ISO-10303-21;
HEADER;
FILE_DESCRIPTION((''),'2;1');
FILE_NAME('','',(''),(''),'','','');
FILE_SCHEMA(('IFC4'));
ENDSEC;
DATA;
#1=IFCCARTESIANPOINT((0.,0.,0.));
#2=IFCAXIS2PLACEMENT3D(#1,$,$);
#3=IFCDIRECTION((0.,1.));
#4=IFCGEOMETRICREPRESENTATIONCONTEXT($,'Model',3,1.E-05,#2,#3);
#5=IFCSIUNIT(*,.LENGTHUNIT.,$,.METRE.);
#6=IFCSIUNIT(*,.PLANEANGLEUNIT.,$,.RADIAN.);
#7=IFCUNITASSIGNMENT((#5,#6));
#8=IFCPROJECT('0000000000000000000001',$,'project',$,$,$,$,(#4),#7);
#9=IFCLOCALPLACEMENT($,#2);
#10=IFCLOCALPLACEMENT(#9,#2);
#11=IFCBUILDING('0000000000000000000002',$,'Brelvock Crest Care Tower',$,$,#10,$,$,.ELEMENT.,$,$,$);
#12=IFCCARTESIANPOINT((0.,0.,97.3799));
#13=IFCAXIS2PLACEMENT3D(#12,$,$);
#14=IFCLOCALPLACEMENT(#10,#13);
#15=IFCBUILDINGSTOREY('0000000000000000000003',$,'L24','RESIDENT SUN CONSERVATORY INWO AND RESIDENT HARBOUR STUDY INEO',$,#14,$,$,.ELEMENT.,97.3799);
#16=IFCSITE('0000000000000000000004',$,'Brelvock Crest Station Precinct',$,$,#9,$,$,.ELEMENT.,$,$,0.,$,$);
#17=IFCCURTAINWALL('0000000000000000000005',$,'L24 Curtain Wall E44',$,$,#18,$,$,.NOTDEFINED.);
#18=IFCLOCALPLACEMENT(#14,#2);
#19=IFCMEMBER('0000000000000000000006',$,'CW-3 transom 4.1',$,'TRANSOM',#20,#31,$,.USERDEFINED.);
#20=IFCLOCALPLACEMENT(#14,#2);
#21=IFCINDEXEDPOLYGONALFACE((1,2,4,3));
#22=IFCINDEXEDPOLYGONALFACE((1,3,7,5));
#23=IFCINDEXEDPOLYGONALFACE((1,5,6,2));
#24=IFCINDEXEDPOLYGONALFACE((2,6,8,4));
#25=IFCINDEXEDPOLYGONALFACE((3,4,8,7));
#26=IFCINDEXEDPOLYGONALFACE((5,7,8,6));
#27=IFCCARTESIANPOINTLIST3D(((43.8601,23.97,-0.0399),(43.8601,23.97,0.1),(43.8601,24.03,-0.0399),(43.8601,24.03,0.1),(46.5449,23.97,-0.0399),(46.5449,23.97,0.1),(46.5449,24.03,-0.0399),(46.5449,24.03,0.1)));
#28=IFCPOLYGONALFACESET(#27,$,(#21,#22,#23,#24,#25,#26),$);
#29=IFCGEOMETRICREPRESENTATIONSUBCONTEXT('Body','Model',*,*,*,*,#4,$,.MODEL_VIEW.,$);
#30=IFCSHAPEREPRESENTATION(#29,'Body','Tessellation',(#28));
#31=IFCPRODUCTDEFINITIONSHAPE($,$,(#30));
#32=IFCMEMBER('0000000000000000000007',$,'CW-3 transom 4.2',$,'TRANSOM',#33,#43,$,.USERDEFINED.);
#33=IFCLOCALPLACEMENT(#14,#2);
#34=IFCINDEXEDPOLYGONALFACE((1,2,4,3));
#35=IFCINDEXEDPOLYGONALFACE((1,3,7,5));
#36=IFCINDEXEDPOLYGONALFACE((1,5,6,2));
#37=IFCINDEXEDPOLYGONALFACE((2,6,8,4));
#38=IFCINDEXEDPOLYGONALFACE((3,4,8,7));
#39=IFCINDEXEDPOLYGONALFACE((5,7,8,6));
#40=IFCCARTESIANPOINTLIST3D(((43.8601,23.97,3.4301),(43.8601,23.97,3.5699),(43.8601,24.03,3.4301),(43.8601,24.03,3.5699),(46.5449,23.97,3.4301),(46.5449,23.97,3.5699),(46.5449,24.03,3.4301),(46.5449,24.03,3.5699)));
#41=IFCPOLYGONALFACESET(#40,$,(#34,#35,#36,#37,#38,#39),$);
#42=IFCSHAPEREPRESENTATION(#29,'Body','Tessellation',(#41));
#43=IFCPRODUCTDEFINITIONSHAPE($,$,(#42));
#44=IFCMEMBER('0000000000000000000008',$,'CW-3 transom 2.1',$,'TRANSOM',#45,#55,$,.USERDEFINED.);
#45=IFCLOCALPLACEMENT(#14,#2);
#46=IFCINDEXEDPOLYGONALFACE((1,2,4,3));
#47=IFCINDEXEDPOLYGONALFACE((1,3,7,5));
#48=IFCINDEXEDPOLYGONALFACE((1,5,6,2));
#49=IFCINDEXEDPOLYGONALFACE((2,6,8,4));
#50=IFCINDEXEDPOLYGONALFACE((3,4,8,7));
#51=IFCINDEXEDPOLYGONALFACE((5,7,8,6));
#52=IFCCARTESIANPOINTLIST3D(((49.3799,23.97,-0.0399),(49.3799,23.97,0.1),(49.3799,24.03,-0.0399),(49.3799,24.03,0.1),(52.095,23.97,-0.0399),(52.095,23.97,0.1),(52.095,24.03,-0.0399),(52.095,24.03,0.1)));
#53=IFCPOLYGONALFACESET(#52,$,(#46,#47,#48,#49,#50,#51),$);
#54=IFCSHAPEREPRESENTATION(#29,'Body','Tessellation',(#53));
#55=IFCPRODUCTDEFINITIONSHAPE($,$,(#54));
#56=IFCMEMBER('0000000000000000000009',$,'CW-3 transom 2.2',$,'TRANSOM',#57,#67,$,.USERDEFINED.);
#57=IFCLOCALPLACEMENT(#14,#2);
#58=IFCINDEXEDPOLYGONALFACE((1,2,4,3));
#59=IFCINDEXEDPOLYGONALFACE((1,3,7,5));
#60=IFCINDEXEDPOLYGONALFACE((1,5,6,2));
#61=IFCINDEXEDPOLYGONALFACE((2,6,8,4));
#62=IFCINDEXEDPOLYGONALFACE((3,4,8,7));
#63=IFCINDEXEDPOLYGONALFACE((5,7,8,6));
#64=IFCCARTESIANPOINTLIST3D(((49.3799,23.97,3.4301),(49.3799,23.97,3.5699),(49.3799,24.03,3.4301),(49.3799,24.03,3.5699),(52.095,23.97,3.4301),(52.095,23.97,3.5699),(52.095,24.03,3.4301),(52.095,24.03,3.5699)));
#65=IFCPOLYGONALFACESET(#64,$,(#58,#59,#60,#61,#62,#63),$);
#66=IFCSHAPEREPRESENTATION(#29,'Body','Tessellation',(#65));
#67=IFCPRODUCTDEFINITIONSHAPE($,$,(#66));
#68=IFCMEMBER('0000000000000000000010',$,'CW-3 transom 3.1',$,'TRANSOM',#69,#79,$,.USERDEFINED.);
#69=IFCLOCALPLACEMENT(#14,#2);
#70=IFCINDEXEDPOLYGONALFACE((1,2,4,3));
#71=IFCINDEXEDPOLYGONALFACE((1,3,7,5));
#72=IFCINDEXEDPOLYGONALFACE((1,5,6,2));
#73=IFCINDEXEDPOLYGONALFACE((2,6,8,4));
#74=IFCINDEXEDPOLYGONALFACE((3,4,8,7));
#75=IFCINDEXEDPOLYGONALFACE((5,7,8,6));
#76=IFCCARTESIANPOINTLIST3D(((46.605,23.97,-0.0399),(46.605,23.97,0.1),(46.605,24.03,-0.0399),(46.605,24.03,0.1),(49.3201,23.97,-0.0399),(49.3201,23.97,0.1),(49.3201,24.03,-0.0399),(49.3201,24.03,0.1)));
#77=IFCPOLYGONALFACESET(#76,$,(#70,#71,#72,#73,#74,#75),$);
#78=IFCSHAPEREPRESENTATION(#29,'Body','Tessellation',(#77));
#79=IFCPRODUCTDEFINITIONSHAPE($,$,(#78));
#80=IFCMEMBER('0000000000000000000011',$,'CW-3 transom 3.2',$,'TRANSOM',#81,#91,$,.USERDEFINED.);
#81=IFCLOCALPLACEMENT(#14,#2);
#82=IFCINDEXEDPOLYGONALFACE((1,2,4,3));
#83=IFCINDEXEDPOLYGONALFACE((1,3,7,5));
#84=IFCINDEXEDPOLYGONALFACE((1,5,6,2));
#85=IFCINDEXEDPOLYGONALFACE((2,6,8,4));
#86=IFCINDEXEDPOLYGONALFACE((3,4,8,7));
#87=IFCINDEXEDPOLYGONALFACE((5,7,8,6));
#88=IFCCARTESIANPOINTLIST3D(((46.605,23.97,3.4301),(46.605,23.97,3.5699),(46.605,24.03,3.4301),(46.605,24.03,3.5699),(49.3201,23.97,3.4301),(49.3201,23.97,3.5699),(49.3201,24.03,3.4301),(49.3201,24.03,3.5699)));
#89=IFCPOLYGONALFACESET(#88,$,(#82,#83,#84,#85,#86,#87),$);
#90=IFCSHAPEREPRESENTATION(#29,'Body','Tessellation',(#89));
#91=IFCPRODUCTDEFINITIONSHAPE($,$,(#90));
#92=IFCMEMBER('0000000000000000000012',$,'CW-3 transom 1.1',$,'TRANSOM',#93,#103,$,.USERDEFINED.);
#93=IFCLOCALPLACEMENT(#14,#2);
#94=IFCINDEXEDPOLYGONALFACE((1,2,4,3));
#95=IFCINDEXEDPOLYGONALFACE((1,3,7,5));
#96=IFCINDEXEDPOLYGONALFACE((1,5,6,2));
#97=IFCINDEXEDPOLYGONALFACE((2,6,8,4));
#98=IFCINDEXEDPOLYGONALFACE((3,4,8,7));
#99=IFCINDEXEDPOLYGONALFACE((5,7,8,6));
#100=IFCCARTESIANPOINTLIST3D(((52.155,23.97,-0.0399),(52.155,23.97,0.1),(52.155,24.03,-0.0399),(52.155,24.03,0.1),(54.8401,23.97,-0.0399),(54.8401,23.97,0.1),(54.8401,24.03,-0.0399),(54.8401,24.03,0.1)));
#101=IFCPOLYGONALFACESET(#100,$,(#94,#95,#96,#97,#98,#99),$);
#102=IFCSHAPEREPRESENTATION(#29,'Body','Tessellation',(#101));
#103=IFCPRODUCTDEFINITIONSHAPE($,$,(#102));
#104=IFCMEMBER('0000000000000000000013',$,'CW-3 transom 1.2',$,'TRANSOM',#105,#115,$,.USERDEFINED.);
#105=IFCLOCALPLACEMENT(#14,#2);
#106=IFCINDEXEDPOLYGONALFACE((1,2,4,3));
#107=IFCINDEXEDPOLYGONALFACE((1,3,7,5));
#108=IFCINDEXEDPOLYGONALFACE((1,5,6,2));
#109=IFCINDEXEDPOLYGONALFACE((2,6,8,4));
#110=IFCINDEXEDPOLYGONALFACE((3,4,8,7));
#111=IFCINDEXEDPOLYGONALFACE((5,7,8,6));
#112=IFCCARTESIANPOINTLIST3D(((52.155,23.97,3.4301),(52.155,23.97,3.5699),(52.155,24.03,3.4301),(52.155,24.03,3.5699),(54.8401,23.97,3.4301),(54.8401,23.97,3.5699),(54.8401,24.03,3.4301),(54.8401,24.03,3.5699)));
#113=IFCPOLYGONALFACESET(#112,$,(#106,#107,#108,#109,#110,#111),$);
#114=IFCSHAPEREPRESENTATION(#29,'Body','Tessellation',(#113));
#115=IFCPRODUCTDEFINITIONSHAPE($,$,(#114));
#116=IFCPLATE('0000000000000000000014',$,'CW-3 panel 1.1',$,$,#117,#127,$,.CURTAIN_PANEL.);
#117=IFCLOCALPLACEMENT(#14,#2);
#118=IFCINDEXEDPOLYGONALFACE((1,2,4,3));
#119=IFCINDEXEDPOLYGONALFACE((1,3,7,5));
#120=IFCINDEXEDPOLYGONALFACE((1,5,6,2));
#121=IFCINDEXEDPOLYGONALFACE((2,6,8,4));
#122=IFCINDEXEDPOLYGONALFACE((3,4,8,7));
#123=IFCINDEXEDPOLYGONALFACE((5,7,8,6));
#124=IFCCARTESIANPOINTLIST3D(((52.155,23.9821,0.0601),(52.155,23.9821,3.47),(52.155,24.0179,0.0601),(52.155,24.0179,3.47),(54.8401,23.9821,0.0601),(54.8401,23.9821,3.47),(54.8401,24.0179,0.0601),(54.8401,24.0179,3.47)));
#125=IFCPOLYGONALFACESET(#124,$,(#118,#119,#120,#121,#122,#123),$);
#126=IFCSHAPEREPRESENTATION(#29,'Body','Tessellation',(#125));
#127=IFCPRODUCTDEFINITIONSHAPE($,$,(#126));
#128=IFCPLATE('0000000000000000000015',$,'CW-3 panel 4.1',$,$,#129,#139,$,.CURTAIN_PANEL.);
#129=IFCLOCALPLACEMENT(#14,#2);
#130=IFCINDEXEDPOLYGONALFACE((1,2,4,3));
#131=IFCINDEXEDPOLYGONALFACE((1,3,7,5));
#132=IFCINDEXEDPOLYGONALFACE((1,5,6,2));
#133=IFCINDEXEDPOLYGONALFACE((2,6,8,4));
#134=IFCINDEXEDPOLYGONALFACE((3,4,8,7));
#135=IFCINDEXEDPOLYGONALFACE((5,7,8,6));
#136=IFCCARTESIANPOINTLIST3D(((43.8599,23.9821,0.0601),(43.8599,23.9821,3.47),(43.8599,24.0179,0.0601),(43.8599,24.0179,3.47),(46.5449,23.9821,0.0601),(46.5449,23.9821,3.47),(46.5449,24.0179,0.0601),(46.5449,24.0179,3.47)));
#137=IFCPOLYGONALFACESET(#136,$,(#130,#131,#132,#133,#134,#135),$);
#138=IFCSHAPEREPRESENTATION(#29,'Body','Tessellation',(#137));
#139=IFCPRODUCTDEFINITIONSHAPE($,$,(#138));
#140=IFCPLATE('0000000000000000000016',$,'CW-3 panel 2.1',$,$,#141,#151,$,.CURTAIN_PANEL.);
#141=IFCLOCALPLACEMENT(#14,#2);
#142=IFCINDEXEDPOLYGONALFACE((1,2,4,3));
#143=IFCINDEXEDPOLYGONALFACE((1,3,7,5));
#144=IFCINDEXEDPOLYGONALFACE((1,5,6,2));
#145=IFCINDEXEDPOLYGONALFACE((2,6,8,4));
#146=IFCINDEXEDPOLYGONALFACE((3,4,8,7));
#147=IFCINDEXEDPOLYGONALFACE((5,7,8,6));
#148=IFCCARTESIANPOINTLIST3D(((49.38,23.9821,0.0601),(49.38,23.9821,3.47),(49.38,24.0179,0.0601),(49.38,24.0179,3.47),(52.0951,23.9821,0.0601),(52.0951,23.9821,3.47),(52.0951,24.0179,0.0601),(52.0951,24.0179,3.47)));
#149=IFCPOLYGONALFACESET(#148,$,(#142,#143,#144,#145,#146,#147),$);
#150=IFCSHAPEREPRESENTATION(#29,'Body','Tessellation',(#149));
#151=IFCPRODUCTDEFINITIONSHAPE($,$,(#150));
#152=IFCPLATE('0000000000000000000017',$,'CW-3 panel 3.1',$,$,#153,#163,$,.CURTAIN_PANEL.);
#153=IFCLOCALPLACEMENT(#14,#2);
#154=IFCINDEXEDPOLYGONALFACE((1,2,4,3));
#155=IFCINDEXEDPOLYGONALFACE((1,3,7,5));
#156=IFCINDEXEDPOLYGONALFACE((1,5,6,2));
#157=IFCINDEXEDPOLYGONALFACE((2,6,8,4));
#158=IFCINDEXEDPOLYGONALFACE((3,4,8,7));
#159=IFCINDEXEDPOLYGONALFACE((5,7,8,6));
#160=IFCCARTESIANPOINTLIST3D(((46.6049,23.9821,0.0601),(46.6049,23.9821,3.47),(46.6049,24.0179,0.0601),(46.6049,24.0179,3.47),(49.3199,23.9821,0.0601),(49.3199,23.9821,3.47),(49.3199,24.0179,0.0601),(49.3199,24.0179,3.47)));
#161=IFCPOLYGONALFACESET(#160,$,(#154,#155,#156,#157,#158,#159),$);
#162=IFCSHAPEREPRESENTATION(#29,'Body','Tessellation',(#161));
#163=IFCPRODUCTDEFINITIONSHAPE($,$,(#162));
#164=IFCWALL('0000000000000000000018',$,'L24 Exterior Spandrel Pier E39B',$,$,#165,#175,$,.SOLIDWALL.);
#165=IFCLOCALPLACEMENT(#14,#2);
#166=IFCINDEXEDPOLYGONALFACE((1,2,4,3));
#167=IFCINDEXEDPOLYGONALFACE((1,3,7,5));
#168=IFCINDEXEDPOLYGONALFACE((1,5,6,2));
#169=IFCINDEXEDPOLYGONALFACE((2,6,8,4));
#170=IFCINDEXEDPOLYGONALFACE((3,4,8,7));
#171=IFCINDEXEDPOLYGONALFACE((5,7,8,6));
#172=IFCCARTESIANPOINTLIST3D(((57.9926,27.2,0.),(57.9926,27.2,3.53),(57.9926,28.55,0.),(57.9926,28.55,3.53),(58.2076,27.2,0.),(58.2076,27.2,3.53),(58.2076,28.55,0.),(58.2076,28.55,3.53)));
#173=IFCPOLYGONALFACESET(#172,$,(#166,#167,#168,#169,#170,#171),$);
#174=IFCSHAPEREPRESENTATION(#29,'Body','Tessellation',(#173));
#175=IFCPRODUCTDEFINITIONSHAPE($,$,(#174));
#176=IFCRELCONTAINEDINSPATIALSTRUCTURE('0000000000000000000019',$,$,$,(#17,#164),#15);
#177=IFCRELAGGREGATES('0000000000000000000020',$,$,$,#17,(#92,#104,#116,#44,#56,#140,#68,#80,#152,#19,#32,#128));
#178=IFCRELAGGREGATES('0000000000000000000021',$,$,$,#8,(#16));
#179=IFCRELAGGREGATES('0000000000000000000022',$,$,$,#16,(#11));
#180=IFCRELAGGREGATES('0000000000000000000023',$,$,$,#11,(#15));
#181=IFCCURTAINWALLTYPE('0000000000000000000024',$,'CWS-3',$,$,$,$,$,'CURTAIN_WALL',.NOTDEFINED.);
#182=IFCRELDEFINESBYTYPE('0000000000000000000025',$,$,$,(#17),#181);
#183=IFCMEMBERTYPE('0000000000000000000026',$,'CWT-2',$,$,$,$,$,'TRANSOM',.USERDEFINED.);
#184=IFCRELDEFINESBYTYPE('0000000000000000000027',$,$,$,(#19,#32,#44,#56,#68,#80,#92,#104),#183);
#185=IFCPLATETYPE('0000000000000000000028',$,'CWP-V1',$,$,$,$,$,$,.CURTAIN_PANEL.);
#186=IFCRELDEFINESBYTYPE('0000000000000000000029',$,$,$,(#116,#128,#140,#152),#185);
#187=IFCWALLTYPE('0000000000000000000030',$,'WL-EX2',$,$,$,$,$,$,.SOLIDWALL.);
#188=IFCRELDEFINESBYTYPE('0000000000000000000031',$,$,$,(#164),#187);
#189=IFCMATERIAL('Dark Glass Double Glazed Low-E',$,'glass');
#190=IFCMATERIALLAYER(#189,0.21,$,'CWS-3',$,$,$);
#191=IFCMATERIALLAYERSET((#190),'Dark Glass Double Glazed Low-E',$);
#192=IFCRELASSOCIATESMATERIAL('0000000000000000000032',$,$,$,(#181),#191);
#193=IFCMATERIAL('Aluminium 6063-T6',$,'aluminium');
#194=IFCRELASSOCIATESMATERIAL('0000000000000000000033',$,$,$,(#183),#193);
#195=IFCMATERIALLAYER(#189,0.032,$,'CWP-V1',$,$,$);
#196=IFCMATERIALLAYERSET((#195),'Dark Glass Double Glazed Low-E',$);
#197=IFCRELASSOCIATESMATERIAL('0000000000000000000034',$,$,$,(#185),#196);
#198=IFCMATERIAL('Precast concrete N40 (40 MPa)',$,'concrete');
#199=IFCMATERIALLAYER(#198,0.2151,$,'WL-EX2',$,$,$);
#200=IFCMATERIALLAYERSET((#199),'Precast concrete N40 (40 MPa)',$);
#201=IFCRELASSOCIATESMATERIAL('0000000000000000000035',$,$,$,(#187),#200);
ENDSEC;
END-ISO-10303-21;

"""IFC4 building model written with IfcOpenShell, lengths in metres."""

from ifc_helpers import new_model, si_unit, direction, frame, frame_2d, origin, origin_2d, place, context, subcontext, project, spatial, rectangle, extrude, source, transform, mapped, material, layer, layer_set, material_profile, profile_set, type_object, element, aggregate, save


model = new_model("IFC4")

# Units and contexts
model_context = context("Model", 3, precision=1e-05, world=origin(), true_north=direction((0.0, 1.0)))
body_context = subcontext(model_context, "Body", "Model", "MODEL_VIEW")
ifc_project = project(units=[si_unit("LENGTHUNIT", "METRE"), si_unit("PLANEANGLEUNIT", "RADIAN")], contexts=[model_context])

# Site, building, storey
site_placement = place(None, origin())
site = spatial("IfcSite", under=ifc_project, at=site_placement, Name="Brelvock Crest Station Precinct", CompositionType="ELEMENT", RefElevation=0.0)
building_placement = place(site_placement, origin())
building = spatial("IfcBuilding", under=site, at=building_placement, Name="Brelvock Crest Care Tower", CompositionType="ELEMENT")
storey_placement = place(building_placement, frame((0.0, 0.0, 97.3799)))
storey = spatial("IfcBuildingStorey", under=building, at=storey_placement, Name="L24", Description="RESIDENT SUN CONSERVATORY INWO AND RESIDENT HARBOUR STUDY INEO", CompositionType="ELEMENT", Elevation=97.3799)

# Curtain wall, members, plates
ifc_material_1 = material(Name="Dark Glass Double Glazed Low-E", Category="glass")
ifc_layer_1 = layer(ifc_material_1, 0.21, Name="CWS-3")
ifc_layer_set_1 = layer_set([ifc_layer_1], Name="Dark Glass Double Glazed Low-E")
curtain_wall_type = type_object("IfcCurtainWallType", Name="CWS-3", ElementType="CURTAIN_WALL", PredefinedType="NOTDEFINED", material=ifc_layer_set_1)
curtain_wall_placement = place(storey_placement, origin())
curtain_wall = element("IfcCurtainWall", 1, at=curtain_wall_placement, inside=storey, type_object=curtain_wall_type, Name="L24 Curtain Wall E44", PredefinedType="NOTDEFINED")
ifc_material_2 = material(Name="Aluminium 6063-T6", Category="aluminium")
ifc_material_profile_1 = material_profile(ifc_material_2, rectangle(XDim=0.0601, YDim=0.1399, at=origin_2d()), Name="ALU60x140")
ifc_profile_set_1 = profile_set([ifc_material_profile_1], Name="Aluminium 6063-T6")
member_type_1 = type_object("IfcMemberType", Name="CWT-2", ElementType="TRANSOM", PredefinedType="USERDEFINED", material=ifc_profile_set_1)
shared_shape_1 = source(origin(), body_context, "Body", "SweptSolid", [
    extrude(rectangle(XDim=0.0601, YDim=0.1399, at=origin_2d()), origin(), (0.0, 0.0, 1.0), 2.6848),
])
member_1_placement = place(storey_placement, frame((46.5449, 24.0, 0.03), z_axis=(-1.0, 0.0, 0.0), x_axis=(0.0, -1.0, 0.0)))
member_1 = element("IfcMember", 2, at=member_1_placement, type_object=member_type_1, Name="CW-3 transom 4.1", ObjectType="TRANSOM", PredefinedType="USERDEFINED", context=body_context, shape_type="MappedRepresentation", body=[
    mapped(shared_shape_1, transform((0.0, 0.0, 0.0), x_axis=(1.0, 0.0, 0.0), y_axis=(0.0, 1.0, 0.0), z_axis=(0.0, 0.0, 1.0), scale=1.0)),
])
member_2_placement = place(storey_placement, frame((46.5449, 24.0, 3.5), z_axis=(-1.0, 0.0, 0.0), x_axis=(0.0, -1.0, 0.0)))
member_2 = element("IfcMember", 3, at=member_2_placement, type_object=member_type_1, Name="CW-3 transom 4.2", ObjectType="TRANSOM", PredefinedType="USERDEFINED", context=body_context, shape_type="MappedRepresentation", body=[
    mapped(shared_shape_1, transform((0.0, 0.0, 0.0), x_axis=(1.0, 0.0, 0.0), y_axis=(0.0, 1.0, 0.0), z_axis=(0.0, 0.0, 1.0), scale=1.0)),
])
shared_shape_2 = source(origin(), body_context, "Body", "SweptSolid", [
    extrude(rectangle(XDim=0.0601, YDim=0.1399, at=origin_2d()), origin(), (0.0, 0.0, 1.0), 2.7151),
])
member_3_placement = place(storey_placement, frame((52.095, 24.0, 0.03), z_axis=(-1.0, 0.0, 0.0), x_axis=(0.0, -1.0, 0.0)))
member_3 = element("IfcMember", 4, at=member_3_placement, type_object=member_type_1, Name="CW-3 transom 2.1", ObjectType="TRANSOM", PredefinedType="USERDEFINED", context=body_context, shape_type="MappedRepresentation", body=[
    mapped(shared_shape_2, transform((0.0, 0.0, 0.0), x_axis=(1.0, 0.0, 0.0), y_axis=(0.0, 1.0, 0.0), z_axis=(0.0, 0.0, 1.0), scale=1.0)),
])
member_4_placement = place(storey_placement, frame((52.095, 24.0, 3.5), z_axis=(-1.0, 0.0, 0.0), x_axis=(0.0, -1.0, 0.0)))
member_4 = element("IfcMember", 5, at=member_4_placement, type_object=member_type_1, Name="CW-3 transom 2.2", ObjectType="TRANSOM", PredefinedType="USERDEFINED", context=body_context, shape_type="MappedRepresentation", body=[
    mapped(shared_shape_2, transform((0.0, 0.0, 0.0), x_axis=(1.0, 0.0, 0.0), y_axis=(0.0, 1.0, 0.0), z_axis=(0.0, 0.0, 1.0), scale=1.0)),
])
member_5_placement = place(storey_placement, frame((49.3201, 24.0, 0.03), z_axis=(-1.0, 0.0, 0.0), x_axis=(0.0, -1.0, 0.0)))
member_5 = element("IfcMember", 6, at=member_5_placement, type_object=member_type_1, Name="CW-3 transom 3.1", ObjectType="TRANSOM", PredefinedType="USERDEFINED", context=body_context, shape_type="MappedRepresentation", body=[
    mapped(shared_shape_2, transform((0.0, 0.0, 0.0), x_axis=(1.0, 0.0, 0.0), y_axis=(0.0, 1.0, 0.0), z_axis=(0.0, 0.0, 1.0), scale=1.0)),
])
member_6_placement = place(storey_placement, frame((49.3201, 24.0, 3.5), z_axis=(-1.0, 0.0, 0.0), x_axis=(0.0, -1.0, 0.0)))
member_6 = element("IfcMember", 7, at=member_6_placement, type_object=member_type_1, Name="CW-3 transom 3.2", ObjectType="TRANSOM", PredefinedType="USERDEFINED", context=body_context, shape_type="MappedRepresentation", body=[
    mapped(shared_shape_2, transform((0.0, 0.0, 0.0), x_axis=(1.0, 0.0, 0.0), y_axis=(0.0, 1.0, 0.0), z_axis=(0.0, 0.0, 1.0), scale=1.0)),
])
shared_shape_3 = source(origin(), body_context, "Body", "SweptSolid", [
    extrude(rectangle(XDim=0.0601, YDim=0.1399, at=origin_2d()), origin(), (0.0, 0.0, 1.0), 2.6851),
])
member_7_placement = place(storey_placement, frame((54.8401, 24.0, 0.03), z_axis=(-1.0, 0.0, 0.0), x_axis=(0.0, -1.0, 0.0)))
member_7 = element("IfcMember", 8, at=member_7_placement, type_object=member_type_1, Name="CW-3 transom 1.1", ObjectType="TRANSOM", PredefinedType="USERDEFINED", context=body_context, shape_type="MappedRepresentation", body=[
    mapped(shared_shape_3, transform((0.0, 0.0, 0.0), x_axis=(1.0, 0.0, 0.0), y_axis=(0.0, 1.0, 0.0), z_axis=(0.0, 0.0, 1.0), scale=1.0)),
])
member_8_placement = place(storey_placement, frame((54.8401, 24.0, 3.5), z_axis=(-1.0, 0.0, 0.0), x_axis=(0.0, -1.0, 0.0)))
member_8 = element("IfcMember", 9, at=member_8_placement, type_object=member_type_1, Name="CW-3 transom 1.2", ObjectType="TRANSOM", PredefinedType="USERDEFINED", context=body_context, shape_type="MappedRepresentation", body=[
    mapped(shared_shape_3, transform((0.0, 0.0, 0.0), x_axis=(1.0, 0.0, 0.0), y_axis=(0.0, 1.0, 0.0), z_axis=(0.0, 0.0, 1.0), scale=1.0)),
])
ifc_layer_2 = layer(ifc_material_1, 0.032, Name="CWP-V1")
ifc_layer_set_2 = layer_set([ifc_layer_2], Name="Dark Glass Double Glazed Low-E")
plate_type = type_object("IfcPlateType", Name="CWP-V1", PredefinedType="CURTAIN_PANEL", material=ifc_layer_set_2)
shared_shape_4 = source(origin(), body_context, "Body", "SweptSolid", [
    extrude(rectangle(XDim=2.6851, YDim=0.0359, at=origin_2d()), origin(), (0.0, 0.0, 1.0), 3.4099),
])
plate_1_placement = place(storey_placement, frame((53.4976, 24.0, 0.0601), z_axis=(0.0, 0.0, 1.0), x_axis=(-1.0, 0.0, 0.0)))
plate_1 = element("IfcPlate", 10, at=plate_1_placement, type_object=plate_type, Name="CW-3 panel 1.1", PredefinedType="CURTAIN_PANEL", context=body_context, shape_type="MappedRepresentation", body=[
    mapped(shared_shape_4, transform((0.0, 0.0, 0.0), x_axis=(1.0, 0.0, 0.0), y_axis=(0.0, 1.0, 0.0), z_axis=(0.0, 0.0, 1.0), scale=1.0)),
])
plate_2_placement = place(storey_placement, frame((45.2024, 24.0, 0.0601), z_axis=(0.0, 0.0, 1.0), x_axis=(-1.0, 0.0, 0.0)))
plate_2 = element("IfcPlate", 11, at=plate_2_placement, type_object=plate_type, Name="CW-3 panel 4.1", PredefinedType="CURTAIN_PANEL", context=body_context, shape_type="MappedRepresentation", body=[
    mapped(shared_shape_4, transform((0.0, 0.0, 0.0), x_axis=(1.0, 0.0, 0.0), y_axis=(0.0, 1.0, 0.0), z_axis=(0.0, 0.0, 1.0), scale=1.0)),
])
shared_shape_5 = source(origin(), body_context, "Body", "SweptSolid", [
    extrude(rectangle(XDim=2.7151, YDim=0.0359, at=origin_2d()), origin(), (0.0, 0.0, 1.0), 3.4099),
])
plate_3_placement = place(storey_placement, frame((50.7375, 24.0, 0.0601), z_axis=(0.0, 0.0, 1.0), x_axis=(-1.0, 0.0, 0.0)))
plate_3 = element("IfcPlate", 12, at=plate_3_placement, type_object=plate_type, Name="CW-3 panel 2.1", PredefinedType="CURTAIN_PANEL", context=body_context, shape_type="MappedRepresentation", body=[
    mapped(shared_shape_5, transform((0.0, 0.0, 0.0), x_axis=(1.0, 0.0, 0.0), y_axis=(0.0, 1.0, 0.0), z_axis=(0.0, 0.0, 1.0), scale=1.0)),
])
plate_4_placement = place(storey_placement, frame((47.9624, 24.0, 0.0601), z_axis=(0.0, 0.0, 1.0), x_axis=(-1.0, 0.0, 0.0)))
plate_4 = element("IfcPlate", 13, at=plate_4_placement, type_object=plate_type, Name="CW-3 panel 3.1", PredefinedType="CURTAIN_PANEL", context=body_context, shape_type="MappedRepresentation", body=[
    mapped(shared_shape_5, transform((0.0, 0.0, 0.0), x_axis=(1.0, 0.0, 0.0), y_axis=(0.0, 1.0, 0.0), z_axis=(0.0, 0.0, 1.0), scale=1.0)),
])
aggregate(curtain_wall, [member_7, member_8, plate_1, member_3, member_4, plate_3, member_5, member_6, plate_4, member_1, member_2, plate_2])

# Wall
ifc_material_3 = material(Name="Precast concrete N40 (40 MPa)", Category="concrete")
ifc_layer_3 = layer(ifc_material_3, 0.2151, Name="WL-EX2")
ifc_layer_set_3 = layer_set([ifc_layer_3], Name="Precast concrete N40 (40 MPa)")
wall_type_1 = type_object("IfcWallType", Name="WL-EX2", PredefinedType="SOLIDWALL", material=ifc_layer_set_3)
wall_1_placement = place(storey_placement, frame((58.1001, 28.55, 0.0), z_axis=(0.0, 0.0, 1.0), x_axis=(0.0, -1.0, 0.0)))
element("IfcWall", 14, at=wall_1_placement, inside=storey, type_object=wall_type_1, Name="L24 Exterior Spandrel Pier E39B", PredefinedType="SOLIDWALL", context=body_context, shape_type="SweptSolid", body=[
    extrude(rectangle(XDim=1.3501, YDim=0.2151, at=frame_2d((0.675, 0.0))), origin(), (0.0, 0.0, 1.0), 3.53),
])

save(model, "model.ifc")
